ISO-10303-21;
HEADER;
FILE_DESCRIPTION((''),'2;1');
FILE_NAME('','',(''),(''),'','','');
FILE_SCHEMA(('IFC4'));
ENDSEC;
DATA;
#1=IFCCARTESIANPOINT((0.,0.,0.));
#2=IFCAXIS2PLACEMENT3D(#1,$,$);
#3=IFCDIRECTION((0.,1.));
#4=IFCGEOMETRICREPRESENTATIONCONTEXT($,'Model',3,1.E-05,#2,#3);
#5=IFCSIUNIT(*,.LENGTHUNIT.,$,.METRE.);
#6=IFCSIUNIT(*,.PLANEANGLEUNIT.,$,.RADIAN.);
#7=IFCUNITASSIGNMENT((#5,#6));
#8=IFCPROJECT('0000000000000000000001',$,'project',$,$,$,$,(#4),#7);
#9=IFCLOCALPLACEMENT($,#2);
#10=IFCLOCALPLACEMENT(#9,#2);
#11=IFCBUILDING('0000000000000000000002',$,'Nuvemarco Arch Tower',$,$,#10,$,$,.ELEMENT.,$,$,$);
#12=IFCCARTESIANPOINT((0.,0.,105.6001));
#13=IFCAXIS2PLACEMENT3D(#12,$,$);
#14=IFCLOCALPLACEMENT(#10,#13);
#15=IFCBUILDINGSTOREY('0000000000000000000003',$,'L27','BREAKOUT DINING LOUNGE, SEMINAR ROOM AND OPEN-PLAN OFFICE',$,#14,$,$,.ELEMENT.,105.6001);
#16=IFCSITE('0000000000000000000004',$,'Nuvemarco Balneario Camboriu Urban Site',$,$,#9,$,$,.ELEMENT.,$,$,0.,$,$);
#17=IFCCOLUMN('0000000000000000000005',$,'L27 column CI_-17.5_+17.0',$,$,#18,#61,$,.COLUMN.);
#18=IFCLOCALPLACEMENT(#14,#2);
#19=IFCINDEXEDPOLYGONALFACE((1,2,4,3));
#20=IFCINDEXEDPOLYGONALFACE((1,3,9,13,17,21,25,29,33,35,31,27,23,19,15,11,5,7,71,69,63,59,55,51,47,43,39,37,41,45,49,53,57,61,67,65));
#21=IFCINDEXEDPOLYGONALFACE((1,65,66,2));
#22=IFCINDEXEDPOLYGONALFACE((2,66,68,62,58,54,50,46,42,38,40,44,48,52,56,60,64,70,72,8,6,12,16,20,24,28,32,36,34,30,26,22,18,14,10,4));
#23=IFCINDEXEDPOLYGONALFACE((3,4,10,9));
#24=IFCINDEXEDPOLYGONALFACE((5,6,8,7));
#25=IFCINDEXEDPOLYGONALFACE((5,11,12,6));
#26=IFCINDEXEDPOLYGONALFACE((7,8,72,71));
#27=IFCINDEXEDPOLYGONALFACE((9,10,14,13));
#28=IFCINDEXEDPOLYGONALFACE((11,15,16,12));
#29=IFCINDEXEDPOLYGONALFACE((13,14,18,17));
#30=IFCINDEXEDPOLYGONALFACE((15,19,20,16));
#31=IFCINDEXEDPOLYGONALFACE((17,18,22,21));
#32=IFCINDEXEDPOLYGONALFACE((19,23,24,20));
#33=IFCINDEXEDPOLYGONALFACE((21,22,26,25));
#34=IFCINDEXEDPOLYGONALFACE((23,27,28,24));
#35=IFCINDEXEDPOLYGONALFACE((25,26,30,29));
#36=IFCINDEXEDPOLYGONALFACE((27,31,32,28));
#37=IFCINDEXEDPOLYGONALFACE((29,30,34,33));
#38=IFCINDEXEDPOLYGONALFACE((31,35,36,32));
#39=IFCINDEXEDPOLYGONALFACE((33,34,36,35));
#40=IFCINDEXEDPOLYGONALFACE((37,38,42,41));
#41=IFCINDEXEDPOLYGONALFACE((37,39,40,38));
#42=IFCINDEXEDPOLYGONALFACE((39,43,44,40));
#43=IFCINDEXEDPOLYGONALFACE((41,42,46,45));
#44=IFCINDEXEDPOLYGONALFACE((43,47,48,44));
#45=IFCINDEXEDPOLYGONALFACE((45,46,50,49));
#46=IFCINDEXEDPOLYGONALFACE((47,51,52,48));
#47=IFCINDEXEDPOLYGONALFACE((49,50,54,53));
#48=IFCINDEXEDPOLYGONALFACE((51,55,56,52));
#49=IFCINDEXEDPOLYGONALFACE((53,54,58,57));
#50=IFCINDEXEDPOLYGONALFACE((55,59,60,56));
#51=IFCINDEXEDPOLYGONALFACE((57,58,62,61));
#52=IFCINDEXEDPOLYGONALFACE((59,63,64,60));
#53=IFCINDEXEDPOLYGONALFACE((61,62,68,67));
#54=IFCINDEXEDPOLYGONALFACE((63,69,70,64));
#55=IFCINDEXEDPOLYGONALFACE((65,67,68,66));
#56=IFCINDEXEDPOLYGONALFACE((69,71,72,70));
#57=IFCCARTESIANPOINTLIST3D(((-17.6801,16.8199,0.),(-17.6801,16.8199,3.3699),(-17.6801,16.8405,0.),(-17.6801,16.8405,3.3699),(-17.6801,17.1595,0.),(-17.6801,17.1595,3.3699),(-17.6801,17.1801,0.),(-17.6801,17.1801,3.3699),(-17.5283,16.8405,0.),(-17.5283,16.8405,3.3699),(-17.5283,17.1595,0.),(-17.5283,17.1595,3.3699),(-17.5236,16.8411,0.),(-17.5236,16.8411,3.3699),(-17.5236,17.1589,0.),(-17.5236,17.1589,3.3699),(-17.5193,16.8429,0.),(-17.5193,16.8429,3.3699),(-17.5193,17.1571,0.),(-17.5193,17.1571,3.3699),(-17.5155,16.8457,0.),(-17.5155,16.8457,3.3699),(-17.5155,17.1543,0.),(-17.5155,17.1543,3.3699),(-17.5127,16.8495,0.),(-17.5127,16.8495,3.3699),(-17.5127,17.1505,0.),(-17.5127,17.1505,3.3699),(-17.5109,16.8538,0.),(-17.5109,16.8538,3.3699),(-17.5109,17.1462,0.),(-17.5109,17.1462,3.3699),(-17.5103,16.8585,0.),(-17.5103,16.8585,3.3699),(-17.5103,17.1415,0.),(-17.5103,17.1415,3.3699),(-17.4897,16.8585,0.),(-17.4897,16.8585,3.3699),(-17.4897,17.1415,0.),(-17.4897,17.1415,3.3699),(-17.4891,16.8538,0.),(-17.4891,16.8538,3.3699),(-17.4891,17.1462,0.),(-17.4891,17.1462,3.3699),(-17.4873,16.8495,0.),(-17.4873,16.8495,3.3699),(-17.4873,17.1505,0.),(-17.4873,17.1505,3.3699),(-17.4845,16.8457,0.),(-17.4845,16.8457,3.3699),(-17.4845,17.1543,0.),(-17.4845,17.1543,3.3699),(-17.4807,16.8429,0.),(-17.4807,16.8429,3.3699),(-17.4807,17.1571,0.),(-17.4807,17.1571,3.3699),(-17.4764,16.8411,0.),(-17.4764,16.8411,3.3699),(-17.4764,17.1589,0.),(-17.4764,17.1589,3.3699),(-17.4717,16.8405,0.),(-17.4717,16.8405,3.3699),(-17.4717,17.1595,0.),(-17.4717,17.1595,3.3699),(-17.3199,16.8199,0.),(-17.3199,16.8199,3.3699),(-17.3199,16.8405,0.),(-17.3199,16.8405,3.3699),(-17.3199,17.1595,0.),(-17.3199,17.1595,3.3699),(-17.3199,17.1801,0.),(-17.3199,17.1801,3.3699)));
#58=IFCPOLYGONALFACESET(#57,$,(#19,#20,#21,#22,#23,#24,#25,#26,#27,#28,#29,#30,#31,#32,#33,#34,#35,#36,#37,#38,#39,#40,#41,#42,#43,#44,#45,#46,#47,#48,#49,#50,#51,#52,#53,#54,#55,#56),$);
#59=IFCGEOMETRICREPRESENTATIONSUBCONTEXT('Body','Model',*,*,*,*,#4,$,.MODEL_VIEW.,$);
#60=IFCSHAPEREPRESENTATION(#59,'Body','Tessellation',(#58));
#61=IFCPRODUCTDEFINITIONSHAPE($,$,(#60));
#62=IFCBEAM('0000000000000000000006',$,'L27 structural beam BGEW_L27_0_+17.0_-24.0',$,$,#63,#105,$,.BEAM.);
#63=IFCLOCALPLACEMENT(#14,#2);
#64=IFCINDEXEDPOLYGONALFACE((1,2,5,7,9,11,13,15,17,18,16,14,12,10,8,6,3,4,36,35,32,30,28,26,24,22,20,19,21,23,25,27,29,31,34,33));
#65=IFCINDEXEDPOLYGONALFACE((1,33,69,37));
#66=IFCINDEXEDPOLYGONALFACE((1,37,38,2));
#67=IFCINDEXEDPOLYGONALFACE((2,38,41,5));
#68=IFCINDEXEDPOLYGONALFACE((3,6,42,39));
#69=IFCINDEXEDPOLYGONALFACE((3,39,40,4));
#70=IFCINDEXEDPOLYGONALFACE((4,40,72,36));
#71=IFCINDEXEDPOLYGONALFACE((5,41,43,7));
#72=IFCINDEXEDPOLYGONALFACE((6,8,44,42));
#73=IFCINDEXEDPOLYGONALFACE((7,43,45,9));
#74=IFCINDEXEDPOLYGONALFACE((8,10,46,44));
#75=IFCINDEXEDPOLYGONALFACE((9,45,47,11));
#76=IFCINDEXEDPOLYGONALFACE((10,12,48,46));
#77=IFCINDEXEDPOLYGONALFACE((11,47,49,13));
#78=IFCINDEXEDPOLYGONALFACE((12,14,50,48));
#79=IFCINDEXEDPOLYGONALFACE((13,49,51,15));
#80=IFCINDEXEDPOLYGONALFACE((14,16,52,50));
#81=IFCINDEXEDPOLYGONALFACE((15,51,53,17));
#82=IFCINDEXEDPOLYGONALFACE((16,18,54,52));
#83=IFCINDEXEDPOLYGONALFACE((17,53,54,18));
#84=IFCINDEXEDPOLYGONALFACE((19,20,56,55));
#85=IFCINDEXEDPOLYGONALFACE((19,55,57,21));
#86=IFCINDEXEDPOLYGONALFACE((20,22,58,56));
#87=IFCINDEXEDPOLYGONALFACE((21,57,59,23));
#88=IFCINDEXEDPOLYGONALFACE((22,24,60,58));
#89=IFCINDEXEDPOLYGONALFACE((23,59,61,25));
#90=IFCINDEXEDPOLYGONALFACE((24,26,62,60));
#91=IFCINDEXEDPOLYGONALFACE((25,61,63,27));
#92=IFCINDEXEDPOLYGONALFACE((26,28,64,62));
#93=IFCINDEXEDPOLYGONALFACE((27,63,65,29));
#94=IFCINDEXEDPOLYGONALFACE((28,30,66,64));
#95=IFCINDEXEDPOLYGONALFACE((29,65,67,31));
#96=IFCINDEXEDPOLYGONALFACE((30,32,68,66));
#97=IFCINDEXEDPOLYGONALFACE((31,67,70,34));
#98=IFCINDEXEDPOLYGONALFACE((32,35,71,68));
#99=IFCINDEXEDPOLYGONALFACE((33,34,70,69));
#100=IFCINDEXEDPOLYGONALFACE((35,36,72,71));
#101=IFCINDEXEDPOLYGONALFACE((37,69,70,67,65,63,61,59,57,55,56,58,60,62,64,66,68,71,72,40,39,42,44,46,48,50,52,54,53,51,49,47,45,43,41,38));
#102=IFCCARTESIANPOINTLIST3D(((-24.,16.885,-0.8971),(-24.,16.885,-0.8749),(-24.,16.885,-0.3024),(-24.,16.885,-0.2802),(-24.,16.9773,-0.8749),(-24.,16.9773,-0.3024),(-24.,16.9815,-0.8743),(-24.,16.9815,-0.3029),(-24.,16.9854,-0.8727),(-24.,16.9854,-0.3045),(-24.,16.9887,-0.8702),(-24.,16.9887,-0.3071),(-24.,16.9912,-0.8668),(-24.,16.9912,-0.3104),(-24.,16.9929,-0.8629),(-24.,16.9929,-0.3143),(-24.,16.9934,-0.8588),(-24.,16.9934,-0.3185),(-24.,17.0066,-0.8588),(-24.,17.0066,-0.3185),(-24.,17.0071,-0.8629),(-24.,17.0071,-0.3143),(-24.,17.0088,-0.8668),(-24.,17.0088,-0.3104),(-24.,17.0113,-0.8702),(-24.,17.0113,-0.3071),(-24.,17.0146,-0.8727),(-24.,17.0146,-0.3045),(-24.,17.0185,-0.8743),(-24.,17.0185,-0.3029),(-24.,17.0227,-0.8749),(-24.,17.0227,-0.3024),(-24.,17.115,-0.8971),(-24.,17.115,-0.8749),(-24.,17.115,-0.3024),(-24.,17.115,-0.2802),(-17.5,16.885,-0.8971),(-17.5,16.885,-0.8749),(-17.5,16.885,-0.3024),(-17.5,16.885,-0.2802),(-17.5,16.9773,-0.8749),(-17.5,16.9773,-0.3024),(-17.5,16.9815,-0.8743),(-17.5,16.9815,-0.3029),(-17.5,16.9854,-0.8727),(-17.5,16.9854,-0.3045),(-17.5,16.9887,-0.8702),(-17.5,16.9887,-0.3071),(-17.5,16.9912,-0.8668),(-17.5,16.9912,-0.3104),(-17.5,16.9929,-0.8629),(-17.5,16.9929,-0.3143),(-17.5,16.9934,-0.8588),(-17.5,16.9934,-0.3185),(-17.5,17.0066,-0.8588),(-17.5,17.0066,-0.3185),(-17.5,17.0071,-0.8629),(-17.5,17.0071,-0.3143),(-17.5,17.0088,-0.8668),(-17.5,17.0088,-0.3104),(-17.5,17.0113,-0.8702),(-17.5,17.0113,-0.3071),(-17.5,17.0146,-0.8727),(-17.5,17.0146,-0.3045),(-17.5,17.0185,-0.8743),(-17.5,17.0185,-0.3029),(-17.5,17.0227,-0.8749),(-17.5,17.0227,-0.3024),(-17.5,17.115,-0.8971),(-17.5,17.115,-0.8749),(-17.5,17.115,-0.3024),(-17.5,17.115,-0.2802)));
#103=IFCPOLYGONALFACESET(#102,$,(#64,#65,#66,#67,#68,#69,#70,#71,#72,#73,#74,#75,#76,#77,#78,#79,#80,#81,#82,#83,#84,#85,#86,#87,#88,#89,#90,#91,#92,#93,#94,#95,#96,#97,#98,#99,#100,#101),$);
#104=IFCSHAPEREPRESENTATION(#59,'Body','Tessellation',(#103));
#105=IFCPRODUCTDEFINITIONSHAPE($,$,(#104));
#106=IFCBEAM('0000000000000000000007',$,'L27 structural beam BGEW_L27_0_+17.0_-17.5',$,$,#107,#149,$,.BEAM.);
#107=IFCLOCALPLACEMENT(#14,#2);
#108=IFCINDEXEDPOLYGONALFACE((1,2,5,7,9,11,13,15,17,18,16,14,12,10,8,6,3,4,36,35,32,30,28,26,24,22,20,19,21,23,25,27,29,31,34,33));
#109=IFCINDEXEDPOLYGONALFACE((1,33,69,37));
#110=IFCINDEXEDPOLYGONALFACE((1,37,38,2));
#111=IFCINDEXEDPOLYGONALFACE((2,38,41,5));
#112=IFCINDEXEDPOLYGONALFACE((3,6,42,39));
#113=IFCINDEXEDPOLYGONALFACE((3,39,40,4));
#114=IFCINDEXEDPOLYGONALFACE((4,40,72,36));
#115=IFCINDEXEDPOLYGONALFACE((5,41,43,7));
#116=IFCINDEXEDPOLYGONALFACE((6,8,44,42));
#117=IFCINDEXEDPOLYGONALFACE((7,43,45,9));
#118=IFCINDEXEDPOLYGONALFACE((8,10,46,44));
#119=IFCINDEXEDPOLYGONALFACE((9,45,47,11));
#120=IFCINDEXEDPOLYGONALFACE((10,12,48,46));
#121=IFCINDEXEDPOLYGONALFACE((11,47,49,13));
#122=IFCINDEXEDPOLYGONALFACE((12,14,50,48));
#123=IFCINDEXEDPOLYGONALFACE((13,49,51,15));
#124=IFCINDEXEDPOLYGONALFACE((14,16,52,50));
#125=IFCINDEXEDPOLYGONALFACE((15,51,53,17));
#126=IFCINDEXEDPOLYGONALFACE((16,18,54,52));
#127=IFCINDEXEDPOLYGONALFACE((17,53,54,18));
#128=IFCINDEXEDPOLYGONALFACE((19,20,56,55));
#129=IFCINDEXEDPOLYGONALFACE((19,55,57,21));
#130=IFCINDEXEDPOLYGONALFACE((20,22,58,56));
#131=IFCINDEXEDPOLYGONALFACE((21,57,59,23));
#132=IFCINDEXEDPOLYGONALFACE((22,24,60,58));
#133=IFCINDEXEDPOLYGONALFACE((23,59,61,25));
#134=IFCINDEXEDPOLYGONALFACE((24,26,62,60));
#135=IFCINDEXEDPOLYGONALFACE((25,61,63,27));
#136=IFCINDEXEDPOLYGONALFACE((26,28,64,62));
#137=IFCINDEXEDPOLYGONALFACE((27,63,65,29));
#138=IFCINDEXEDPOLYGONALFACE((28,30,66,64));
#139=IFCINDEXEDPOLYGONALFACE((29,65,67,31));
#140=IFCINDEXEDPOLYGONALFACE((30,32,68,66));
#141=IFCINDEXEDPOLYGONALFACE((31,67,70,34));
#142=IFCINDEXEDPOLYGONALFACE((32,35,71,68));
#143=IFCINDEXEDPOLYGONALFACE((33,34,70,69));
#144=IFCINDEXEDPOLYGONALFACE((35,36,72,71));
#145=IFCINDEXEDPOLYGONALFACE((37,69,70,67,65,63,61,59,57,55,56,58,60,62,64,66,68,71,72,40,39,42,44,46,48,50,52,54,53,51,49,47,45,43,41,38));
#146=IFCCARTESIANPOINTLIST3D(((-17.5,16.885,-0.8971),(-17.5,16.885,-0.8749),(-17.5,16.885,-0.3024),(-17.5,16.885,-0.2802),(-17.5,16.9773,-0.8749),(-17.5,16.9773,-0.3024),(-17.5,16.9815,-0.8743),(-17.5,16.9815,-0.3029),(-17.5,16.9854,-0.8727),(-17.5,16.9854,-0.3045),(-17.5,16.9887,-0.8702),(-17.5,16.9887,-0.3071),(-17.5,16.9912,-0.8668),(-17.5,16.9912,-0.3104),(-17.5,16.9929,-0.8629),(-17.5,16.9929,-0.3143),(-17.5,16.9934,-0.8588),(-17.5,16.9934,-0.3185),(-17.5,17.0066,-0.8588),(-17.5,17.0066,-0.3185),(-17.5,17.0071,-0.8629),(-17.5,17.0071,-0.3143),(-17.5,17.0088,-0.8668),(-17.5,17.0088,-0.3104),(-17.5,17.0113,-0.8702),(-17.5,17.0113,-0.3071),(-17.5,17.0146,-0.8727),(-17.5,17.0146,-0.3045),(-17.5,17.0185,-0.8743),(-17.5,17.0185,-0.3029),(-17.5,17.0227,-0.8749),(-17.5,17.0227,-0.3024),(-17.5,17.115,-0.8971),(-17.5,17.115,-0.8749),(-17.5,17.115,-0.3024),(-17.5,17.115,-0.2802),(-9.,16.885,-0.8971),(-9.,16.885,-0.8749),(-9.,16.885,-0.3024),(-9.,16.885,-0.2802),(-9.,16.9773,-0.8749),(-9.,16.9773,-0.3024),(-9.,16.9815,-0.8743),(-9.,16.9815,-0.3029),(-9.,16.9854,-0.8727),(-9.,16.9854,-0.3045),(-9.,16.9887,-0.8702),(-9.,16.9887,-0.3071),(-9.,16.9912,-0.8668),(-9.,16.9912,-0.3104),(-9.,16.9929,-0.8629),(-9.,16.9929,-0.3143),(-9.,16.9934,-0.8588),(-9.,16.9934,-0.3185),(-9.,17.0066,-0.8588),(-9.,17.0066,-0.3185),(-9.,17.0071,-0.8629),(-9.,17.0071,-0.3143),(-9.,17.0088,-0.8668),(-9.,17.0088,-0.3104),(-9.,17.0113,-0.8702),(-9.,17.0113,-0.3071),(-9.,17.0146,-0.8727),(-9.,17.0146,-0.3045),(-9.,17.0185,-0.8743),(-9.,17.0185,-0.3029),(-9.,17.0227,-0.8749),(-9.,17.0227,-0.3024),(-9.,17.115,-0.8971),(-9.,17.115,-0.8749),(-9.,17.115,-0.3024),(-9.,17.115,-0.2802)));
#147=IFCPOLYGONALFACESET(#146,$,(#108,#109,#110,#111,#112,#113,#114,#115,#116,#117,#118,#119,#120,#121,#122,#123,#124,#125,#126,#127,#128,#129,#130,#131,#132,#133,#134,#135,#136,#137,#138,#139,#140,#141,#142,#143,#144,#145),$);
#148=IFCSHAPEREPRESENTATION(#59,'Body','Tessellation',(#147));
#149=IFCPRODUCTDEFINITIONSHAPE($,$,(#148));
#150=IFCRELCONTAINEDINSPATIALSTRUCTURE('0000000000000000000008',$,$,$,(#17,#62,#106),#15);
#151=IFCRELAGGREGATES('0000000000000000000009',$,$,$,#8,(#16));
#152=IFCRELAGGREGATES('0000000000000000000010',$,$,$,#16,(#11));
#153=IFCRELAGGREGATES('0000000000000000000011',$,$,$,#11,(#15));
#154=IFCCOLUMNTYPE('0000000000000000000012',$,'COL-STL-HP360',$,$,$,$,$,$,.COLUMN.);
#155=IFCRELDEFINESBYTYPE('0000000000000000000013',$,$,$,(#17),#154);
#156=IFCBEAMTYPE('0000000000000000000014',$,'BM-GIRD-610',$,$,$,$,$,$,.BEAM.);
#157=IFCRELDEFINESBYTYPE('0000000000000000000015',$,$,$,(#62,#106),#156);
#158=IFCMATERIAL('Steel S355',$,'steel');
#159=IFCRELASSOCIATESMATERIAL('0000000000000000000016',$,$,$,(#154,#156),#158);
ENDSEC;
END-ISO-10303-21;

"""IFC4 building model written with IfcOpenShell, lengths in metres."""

from ifc_helpers import new_model, si_unit, direction, frame, origin, origin_2d, place, context, subcontext, project, spatial, i_section, extrude, material, material_profile, profile_set, type_object, element, save


model = new_model("IFC4")

# Units and contexts
model_context = context("Model", 3, precision=1e-05, world=origin(), true_north=direction((0.0, 1.0)))
body_context = subcontext(model_context, "Body", "Model", "MODEL_VIEW")
ifc_project = project(units=[si_unit("LENGTHUNIT", "METRE"), si_unit("PLANEANGLEUNIT", "RADIAN")], contexts=[model_context])

# Site, building, storey
site_placement = place(None, origin())
site = spatial("IfcSite", under=ifc_project, at=site_placement, Name="Nuvemarco Balneario Camboriu Urban Site", CompositionType="ELEMENT", RefElevation=0.0)
building_placement = place(site_placement, origin())
building = spatial("IfcBuilding", under=site, at=building_placement, Name="Nuvemarco Arch Tower", CompositionType="ELEMENT")
storey_placement = place(building_placement, frame((0.0, 0.0, 105.6001)))
storey = spatial("IfcBuildingStorey", under=building, at=storey_placement, Name="L27", Description="BREAKOUT DINING LOUNGE, SEMINAR ROOM AND OPEN-PLAN OFFICE", CompositionType="ELEMENT", Elevation=105.6001)

# Column
ifc_material_1 = material(Name="Steel S355", Category="steel")
ifc_material_profile_1 = material_profile(ifc_material_1, i_section(OverallWidth=0.3601, OverallDepth=0.3601, WebThickness=0.0205, FlangeThickness=0.0205, FilletRadius=0.0181, at=origin_2d()), Name="HP360x174")
ifc_profile_set_1 = profile_set([ifc_material_profile_1], Name="Steel S355")
column_type = type_object("IfcColumnType", Name="COL-STL-HP360", PredefinedType="COLUMN", material=ifc_profile_set_1)
column_placement = place(storey_placement, frame((-17.5, 17.0, 0.0), z_axis=(0.0, 0.0, 1.0), x_axis=(1.0, 0.0, 0.0)))
element("IfcColumn", 1, at=column_placement, inside=storey, type_object=column_type, Name="L27 column CI_-17.5_+17.0", PredefinedType="COLUMN", context=body_context, shape_type="SweptSolid", body=[
    extrude(i_section(OverallWidth=0.3601, OverallDepth=0.3601, WebThickness=0.0205, FlangeThickness=0.0205, FilletRadius=0.0181, at=origin_2d()), origin(), (0.0, 0.0, 1.0), 3.3699),
])

# Beams
ifc_material_profile_2 = material_profile(ifc_material_1, i_section(OverallWidth=0.23, OverallDepth=0.6169, WebThickness=0.0132, FlangeThickness=0.0222, FilletRadius=0.0161, at=origin_2d()), Name="W610x140")
ifc_profile_set_2 = profile_set([ifc_material_profile_2], Name="Steel S355")
beam_type = type_object("IfcBeamType", Name="BM-GIRD-610", PredefinedType="BEAM", material=ifc_profile_set_2)
beam_1_placement = place(storey_placement, frame((-24.0, 17.0, -0.5886), z_axis=(1.0, 0.0, 0.0), x_axis=(0.0, 1.0, 0.0)))
element("IfcBeam", 2, at=beam_1_placement, inside=storey, type_object=beam_type, Name="L27 structural beam BGEW_L27_0_+17.0_-24.0", PredefinedType="BEAM", context=body_context, shape_type="SweptSolid", body=[
    extrude(i_section(OverallWidth=0.23, OverallDepth=0.6169, WebThickness=0.0132, FlangeThickness=0.0222, FilletRadius=0.0161, at=origin_2d()), origin(), (0.0, 0.0, 1.0), 6.5),
])
beam_2_placement = place(storey_placement, frame((-17.5, 17.0, -0.5886), z_axis=(1.0, 0.0, 0.0), x_axis=(0.0, 1.0, 0.0)))
element("IfcBeam", 3, at=beam_2_placement, inside=storey, type_object=beam_type, Name="L27 structural beam BGEW_L27_0_+17.0_-17.5", PredefinedType="BEAM", context=body_context, shape_type="SweptSolid", body=[
    extrude(i_section(OverallWidth=0.23, OverallDepth=0.6169, WebThickness=0.0132, FlangeThickness=0.0222, FilletRadius=0.0161, at=origin_2d()), origin(), (0.0, 0.0, 1.0), 8.5),
])

save(model, "model.ifc")
